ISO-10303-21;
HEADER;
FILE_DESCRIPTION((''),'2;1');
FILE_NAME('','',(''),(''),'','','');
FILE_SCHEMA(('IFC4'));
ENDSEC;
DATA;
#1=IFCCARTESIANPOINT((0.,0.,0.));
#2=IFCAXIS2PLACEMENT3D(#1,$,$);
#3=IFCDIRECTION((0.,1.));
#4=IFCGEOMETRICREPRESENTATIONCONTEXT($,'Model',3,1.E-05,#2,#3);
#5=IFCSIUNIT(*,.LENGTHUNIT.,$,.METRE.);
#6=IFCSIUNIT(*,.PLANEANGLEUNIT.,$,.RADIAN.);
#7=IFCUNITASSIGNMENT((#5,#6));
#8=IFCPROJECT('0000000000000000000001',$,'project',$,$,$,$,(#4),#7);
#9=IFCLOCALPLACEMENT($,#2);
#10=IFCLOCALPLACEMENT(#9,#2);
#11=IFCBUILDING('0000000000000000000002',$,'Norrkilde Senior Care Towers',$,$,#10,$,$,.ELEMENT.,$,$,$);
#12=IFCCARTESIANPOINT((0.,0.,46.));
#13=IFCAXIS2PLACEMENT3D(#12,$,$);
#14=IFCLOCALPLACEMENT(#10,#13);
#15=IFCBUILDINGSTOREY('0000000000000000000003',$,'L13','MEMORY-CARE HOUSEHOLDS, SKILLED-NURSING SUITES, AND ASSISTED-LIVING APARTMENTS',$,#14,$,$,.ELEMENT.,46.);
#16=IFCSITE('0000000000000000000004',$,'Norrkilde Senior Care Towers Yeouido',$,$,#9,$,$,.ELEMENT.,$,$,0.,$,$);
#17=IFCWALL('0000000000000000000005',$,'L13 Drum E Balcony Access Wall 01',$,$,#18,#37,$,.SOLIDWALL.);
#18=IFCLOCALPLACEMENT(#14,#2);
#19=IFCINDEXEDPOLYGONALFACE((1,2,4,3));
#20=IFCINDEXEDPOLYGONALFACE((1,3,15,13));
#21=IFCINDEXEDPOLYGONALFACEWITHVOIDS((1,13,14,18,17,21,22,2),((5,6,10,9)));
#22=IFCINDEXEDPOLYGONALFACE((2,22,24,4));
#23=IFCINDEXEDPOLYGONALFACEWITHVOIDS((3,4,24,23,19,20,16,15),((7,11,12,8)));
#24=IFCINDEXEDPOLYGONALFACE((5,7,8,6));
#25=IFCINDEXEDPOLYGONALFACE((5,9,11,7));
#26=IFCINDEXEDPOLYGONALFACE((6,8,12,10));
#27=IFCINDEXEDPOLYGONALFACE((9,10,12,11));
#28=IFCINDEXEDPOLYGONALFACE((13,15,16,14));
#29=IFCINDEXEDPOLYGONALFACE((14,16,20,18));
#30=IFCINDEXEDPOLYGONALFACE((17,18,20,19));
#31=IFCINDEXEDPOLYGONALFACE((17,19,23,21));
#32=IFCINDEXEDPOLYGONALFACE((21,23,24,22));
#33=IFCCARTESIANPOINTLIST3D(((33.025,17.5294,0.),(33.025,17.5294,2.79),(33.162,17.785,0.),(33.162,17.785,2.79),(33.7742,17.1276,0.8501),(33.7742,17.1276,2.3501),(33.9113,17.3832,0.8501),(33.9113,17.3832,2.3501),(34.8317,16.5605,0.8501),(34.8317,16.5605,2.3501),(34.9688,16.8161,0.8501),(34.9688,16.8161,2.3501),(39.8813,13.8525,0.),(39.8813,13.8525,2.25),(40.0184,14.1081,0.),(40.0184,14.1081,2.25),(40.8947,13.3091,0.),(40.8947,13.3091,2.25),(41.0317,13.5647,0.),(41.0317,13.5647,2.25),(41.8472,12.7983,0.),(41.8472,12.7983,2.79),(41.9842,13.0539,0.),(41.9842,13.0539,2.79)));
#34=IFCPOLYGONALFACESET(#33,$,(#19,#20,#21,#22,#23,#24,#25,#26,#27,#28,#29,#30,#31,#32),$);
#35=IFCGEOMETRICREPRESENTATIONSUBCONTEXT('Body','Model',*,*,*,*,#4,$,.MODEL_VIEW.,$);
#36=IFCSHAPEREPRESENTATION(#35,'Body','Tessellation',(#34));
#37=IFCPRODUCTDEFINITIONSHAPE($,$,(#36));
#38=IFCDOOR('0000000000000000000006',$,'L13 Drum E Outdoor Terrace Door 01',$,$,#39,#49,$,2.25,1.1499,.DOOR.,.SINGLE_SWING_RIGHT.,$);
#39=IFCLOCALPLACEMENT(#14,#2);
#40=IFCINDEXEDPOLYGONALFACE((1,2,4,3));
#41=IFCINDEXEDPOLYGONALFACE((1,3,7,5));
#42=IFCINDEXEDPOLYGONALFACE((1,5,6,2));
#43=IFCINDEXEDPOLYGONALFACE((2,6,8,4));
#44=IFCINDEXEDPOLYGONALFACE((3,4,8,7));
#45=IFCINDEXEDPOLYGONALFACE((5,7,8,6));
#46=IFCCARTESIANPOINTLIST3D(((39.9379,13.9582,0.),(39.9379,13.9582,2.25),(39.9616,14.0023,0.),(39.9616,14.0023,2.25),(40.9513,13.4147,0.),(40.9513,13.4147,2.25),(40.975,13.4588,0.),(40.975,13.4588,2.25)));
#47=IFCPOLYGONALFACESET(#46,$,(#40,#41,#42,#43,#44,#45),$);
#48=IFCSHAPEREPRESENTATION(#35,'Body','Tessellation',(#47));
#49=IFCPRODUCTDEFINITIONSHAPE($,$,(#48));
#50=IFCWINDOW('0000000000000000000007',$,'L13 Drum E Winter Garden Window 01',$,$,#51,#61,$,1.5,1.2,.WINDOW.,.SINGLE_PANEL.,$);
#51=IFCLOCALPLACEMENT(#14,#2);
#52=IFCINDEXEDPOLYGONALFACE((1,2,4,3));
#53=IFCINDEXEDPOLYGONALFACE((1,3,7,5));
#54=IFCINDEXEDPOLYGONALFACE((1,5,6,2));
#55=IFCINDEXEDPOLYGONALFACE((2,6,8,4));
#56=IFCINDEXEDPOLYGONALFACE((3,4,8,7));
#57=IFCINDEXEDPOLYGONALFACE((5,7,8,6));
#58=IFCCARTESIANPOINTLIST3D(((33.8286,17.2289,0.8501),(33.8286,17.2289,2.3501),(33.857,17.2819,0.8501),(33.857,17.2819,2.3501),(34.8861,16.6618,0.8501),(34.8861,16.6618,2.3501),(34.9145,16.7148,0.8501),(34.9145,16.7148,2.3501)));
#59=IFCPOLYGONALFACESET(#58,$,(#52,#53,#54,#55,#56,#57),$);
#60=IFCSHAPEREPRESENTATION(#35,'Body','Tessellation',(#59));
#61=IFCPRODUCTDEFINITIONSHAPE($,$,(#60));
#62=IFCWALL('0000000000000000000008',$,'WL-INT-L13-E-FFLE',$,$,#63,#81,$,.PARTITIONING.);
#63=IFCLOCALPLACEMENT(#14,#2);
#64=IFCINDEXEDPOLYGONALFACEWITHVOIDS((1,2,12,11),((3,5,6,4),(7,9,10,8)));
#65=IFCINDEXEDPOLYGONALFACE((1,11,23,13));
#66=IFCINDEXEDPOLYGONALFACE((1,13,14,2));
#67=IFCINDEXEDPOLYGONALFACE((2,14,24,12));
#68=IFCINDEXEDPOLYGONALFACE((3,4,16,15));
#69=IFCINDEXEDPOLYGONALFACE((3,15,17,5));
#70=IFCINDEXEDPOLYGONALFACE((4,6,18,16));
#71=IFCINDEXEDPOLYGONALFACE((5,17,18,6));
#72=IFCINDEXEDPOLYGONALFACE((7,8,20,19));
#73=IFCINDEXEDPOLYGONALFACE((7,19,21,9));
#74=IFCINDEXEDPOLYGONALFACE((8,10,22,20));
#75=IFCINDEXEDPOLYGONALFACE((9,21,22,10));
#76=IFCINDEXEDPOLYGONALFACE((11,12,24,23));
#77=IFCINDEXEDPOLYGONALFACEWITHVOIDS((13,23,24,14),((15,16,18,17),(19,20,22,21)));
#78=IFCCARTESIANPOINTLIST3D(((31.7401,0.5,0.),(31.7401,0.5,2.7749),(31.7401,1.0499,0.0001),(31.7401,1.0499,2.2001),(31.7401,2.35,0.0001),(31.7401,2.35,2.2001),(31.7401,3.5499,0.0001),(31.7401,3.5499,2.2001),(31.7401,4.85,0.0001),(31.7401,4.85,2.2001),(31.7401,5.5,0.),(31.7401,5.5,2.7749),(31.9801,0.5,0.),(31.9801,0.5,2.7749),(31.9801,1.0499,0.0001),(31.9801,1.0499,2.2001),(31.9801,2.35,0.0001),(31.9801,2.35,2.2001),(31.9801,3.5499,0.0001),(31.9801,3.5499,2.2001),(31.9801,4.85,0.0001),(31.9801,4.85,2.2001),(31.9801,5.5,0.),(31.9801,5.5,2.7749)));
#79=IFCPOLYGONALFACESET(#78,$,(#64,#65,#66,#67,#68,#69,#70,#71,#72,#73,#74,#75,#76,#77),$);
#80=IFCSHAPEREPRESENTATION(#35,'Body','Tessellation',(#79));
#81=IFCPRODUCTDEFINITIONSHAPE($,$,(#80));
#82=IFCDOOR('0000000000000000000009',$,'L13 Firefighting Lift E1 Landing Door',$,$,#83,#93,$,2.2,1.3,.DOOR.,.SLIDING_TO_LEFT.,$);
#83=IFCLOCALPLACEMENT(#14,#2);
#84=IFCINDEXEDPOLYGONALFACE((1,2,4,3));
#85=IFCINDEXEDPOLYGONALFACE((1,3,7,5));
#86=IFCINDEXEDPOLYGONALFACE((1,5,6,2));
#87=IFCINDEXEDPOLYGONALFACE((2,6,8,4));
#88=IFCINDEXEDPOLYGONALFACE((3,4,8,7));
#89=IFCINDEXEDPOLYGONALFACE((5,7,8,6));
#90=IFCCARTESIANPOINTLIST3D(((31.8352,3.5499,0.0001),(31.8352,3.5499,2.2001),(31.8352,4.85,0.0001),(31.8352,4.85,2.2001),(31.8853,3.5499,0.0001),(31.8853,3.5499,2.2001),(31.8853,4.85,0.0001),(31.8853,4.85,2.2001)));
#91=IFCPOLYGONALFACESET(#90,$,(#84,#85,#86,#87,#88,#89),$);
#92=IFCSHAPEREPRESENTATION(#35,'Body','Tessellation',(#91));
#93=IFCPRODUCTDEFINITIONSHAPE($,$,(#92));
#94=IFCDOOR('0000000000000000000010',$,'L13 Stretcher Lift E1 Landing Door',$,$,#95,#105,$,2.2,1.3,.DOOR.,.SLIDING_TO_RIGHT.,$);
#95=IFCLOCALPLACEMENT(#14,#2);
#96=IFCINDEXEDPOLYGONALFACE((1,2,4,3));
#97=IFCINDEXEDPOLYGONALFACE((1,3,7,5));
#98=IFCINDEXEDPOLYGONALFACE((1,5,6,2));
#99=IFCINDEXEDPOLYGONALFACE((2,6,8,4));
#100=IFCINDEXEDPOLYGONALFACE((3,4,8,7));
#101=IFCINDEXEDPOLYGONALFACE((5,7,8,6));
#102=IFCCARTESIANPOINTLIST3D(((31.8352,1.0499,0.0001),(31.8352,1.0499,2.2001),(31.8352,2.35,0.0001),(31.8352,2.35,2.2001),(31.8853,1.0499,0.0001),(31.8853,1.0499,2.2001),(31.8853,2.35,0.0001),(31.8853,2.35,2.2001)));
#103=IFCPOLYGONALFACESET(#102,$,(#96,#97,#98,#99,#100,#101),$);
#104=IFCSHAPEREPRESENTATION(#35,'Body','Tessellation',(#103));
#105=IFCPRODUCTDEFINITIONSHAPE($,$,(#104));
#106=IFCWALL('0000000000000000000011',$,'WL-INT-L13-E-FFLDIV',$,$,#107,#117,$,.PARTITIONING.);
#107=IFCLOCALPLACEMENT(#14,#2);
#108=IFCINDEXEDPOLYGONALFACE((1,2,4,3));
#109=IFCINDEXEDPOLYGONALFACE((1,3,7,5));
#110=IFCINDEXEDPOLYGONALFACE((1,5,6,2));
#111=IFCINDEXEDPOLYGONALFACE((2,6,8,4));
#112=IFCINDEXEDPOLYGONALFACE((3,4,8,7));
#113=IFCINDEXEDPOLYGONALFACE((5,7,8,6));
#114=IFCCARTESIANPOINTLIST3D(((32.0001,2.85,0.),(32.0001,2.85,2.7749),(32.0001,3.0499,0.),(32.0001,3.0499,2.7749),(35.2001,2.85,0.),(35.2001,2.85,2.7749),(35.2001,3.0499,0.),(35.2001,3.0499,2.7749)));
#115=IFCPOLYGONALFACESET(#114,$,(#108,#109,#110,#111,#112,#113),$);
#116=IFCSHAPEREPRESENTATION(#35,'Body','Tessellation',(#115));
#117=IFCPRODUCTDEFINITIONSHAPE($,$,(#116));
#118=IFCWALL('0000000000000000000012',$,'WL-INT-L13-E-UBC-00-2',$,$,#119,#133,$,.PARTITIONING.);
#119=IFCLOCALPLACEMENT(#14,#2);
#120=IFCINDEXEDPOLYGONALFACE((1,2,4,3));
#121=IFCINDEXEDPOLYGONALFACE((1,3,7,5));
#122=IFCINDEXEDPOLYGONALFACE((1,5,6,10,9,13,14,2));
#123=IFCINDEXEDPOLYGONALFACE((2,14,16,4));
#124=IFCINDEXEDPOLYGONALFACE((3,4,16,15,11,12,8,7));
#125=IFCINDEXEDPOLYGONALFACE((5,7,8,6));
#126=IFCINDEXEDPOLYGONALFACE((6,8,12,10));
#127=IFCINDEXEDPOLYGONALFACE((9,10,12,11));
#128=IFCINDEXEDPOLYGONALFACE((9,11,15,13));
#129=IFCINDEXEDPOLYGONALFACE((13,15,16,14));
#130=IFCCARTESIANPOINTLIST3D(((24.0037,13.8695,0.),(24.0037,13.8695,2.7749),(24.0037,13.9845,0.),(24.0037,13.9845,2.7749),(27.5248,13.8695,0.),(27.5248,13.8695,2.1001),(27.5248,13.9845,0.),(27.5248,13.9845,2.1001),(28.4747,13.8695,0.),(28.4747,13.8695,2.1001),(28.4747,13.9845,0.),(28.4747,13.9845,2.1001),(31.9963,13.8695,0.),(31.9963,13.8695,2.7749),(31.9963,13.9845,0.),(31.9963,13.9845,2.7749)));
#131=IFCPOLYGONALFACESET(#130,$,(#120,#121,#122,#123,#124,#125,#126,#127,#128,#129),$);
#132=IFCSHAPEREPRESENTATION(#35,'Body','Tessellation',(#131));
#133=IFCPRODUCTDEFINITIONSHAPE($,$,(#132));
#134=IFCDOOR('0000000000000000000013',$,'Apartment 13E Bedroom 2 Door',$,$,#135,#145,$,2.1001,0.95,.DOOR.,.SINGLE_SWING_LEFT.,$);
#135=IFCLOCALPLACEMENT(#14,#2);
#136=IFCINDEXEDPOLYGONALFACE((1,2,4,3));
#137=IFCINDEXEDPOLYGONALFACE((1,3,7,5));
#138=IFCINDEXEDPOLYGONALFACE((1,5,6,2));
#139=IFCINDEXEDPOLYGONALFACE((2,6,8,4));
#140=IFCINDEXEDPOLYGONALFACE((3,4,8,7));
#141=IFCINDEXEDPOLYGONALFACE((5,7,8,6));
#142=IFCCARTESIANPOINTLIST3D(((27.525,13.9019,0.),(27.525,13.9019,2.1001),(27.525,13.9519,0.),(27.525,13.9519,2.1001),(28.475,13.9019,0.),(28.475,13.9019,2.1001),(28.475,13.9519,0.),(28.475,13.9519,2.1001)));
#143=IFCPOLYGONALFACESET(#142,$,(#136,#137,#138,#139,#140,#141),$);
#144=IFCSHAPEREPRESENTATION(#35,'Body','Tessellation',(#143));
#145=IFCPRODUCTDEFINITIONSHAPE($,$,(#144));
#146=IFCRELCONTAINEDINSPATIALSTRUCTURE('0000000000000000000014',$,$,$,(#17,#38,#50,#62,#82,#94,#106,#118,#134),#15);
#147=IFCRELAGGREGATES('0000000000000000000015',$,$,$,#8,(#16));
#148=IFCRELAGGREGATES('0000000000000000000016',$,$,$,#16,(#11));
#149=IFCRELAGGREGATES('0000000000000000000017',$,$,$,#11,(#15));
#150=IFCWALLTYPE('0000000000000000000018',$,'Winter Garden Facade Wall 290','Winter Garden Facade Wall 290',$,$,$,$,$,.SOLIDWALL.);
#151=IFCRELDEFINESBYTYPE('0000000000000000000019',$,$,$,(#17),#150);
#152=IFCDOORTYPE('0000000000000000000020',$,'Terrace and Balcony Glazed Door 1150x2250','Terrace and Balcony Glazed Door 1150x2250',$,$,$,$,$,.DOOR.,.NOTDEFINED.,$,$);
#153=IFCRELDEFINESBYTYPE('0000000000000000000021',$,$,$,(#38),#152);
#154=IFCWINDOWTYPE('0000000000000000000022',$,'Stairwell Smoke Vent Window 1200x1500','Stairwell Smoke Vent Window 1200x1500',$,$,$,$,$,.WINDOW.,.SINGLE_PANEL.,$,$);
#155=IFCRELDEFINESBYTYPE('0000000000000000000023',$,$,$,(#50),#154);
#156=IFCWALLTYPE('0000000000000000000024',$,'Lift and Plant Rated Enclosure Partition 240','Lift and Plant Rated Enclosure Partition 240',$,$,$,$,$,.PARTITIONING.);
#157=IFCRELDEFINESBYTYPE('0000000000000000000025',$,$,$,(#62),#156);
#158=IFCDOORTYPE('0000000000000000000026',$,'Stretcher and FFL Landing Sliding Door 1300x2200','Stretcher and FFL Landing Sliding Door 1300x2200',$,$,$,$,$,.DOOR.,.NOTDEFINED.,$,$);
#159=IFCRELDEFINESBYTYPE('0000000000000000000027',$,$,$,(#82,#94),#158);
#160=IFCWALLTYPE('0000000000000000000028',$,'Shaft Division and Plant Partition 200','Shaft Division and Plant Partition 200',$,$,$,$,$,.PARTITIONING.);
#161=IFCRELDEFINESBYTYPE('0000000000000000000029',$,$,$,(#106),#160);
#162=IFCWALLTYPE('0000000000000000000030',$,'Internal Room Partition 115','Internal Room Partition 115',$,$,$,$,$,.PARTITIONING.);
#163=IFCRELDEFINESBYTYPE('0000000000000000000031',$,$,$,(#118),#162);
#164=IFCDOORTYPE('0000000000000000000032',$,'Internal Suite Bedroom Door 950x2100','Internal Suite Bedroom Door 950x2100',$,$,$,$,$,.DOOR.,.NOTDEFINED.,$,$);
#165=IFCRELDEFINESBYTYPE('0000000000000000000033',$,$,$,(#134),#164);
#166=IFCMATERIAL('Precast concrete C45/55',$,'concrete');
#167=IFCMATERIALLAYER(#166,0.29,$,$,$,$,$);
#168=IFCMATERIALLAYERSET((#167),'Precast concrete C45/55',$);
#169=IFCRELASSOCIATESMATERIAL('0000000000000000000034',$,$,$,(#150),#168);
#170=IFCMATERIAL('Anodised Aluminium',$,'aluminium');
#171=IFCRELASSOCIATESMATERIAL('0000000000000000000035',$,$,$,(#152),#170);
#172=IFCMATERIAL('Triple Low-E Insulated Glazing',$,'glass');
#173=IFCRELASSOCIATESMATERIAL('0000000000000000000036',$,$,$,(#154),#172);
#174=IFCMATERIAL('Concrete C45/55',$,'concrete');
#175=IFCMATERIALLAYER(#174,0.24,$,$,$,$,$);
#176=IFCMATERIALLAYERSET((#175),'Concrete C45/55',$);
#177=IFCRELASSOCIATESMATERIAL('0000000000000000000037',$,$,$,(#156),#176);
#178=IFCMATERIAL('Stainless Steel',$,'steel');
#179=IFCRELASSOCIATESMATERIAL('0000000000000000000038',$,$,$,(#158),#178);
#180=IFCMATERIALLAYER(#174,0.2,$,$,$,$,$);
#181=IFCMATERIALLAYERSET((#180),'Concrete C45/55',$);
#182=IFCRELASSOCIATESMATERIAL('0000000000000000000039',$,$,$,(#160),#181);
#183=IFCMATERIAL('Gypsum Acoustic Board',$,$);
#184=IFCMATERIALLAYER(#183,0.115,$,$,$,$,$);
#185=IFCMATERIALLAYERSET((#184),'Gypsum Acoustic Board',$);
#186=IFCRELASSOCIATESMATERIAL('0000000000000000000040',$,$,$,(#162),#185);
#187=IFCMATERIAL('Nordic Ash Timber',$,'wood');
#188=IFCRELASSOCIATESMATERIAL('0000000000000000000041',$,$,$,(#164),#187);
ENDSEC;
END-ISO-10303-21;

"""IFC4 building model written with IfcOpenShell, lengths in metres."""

from ifc_helpers import new_model, si_unit, direction, frame, frame_2d, origin, place, context, subcontext, project, spatial, rectangle, extrude, source, transform, mapped, material, layer, layer_set, type_object, type_shapes, element, fill, save


model = new_model("IFC4")

# Units and contexts
model_context = context("Model", 3, precision=1e-05, world=origin(), true_north=direction((0.0, 1.0)))
body_context = subcontext(model_context, "Body", "Model", "MODEL_VIEW")
ifc_project = project(units=[si_unit("LENGTHUNIT", "METRE"), si_unit("PLANEANGLEUNIT", "RADIAN")], contexts=[model_context])

# Site, building, storey
site_placement = place(None, origin())
site = spatial("IfcSite", under=ifc_project, at=site_placement, Name="Norrkilde Senior Care Towers Yeouido", CompositionType="ELEMENT", RefElevation=0.0)
building_placement = place(site_placement, origin())
building = spatial("IfcBuilding", under=site, at=building_placement, Name="Norrkilde Senior Care Towers", CompositionType="ELEMENT")
storey_placement = place(building_placement, frame((0.0, 0.0, 46.0)))
storey = spatial("IfcBuildingStorey", under=building, at=storey_placement, Name="L13", Description="MEMORY-CARE HOUSEHOLDS, SKILLED-NURSING SUITES, AND ASSISTED-LIVING APARTMENTS", CompositionType="ELEMENT", Elevation=46.0)

# Shared definitions
ifc_material_1 = material(Name="Triple Low-E Insulated Glazing", Category="glass")
ifc_material_2 = material(Name="Anodised Aluminium", Category="aluminium")

# Wall, openings, door, window
ifc_material_3 = material(Name="Precast concrete C45/55", Category="concrete")
ifc_layer_1 = layer(ifc_material_3, 0.29)
ifc_layer_set_1 = layer_set([ifc_layer_1], Name="Precast concrete C45/55")
wall_type_1 = type_object("IfcWallType", Name="Winter Garden Facade Wall 290", Description="Winter Garden Facade Wall 290", PredefinedType="SOLIDWALL", material=ifc_layer_set_1)
shared_shape_1 = source(origin(), body_context, "Body", "SweptSolid", [
    extrude(rectangle(XDim=10.0107, YDim=0.29, at=frame_2d((5.0054, 0.0))), origin(), (0.0, 0.0, 1.0), 2.79),
])
type_shapes(wall_type_1, [shared_shape_1])
wall_1_placement = place(storey_placement, frame((33.0935, 17.6572, 0.0), z_axis=(0.0, 0.0, 1.0), x_axis=(0.881273, -0.472608, 0.0)))
wall_1 = element("IfcWall", 1, at=wall_1_placement, inside=storey, type_object=wall_type_1, Name="L13 Drum E Balcony Access Wall 01", PredefinedType="SOLIDWALL", context=body_context, shape_type="MappedRepresentation", body=[
    mapped(shared_shape_1, transform((0.0, 0.0, 0.0), x_axis=(1.0, 0.0, 0.0), y_axis=(0.0, 1.0, 0.0), z_axis=(0.0, 0.0, 1.0), scale=1.0)),
])
opening_1_placement = place(wall_1_placement, frame((7.78, 0.0, 0.0)))
opening_1 = element("IfcOpeningElement", 2, at=opening_1_placement, cuts=wall_1, PredefinedType="OPENING", context=body_context, shape_type="SweptSolid", body=[
    extrude(rectangle(XDim=1.1499, YDim=2.25, at=frame_2d((0.575, 1.125))), frame((0.0, 0.155, 0.0), z_axis=(0.0, -1.0, 0.0), x_axis=(1.0, 0.0, 0.0)), (0.0, 0.0, 1.0), 0.3101),
])
opening_2_placement = place(wall_1_placement, frame((0.8501, 0.0, 0.8501)))
opening_2 = element("IfcOpeningElement", 3, at=opening_2_placement, cuts=wall_1, PredefinedType="OPENING", context=body_context, shape_type="SweptSolid", body=[
    extrude(rectangle(XDim=1.2, YDim=1.5, at=frame_2d((0.6001, 0.75))), frame((0.0, 0.155, 0.0), z_axis=(0.0, -1.0, 0.0), x_axis=(1.0, 0.0, 0.0)), (0.0, 0.0, 1.0), 0.3101),
])
door_type_1 = type_object("IfcDoorType", Name="Terrace and Balcony Glazed Door 1150x2250", Description="Terrace and Balcony Glazed Door 1150x2250", OperationType="NOTDEFINED", PredefinedType="DOOR", material=ifc_material_2)
shared_shape_2 = source(origin(), body_context, "Body", "SweptSolid", [
    extrude(rectangle(XDim=1.1499, YDim=2.25, at=frame_2d((0.575, 1.125))), frame((0.0, 0.0249, 0.0), z_axis=(0.0, -1.0, 0.0), x_axis=(1.0, 0.0, 0.0)), (0.0, 0.0, 1.0), 0.05),
])
type_shapes(door_type_1, [shared_shape_2])
door_1_placement = place(opening_1_placement, origin())
door_1 = element("IfcDoor", 4, at=door_1_placement, inside=storey, type_object=door_type_1, Name="L13 Drum E Outdoor Terrace Door 01", OperationType="SINGLE_SWING_RIGHT", OverallHeight=2.25, OverallWidth=1.1499, PredefinedType="DOOR", context=body_context, shape_type="MappedRepresentation", body=[
    mapped(shared_shape_2, transform((0.0, 0.0, 0.0), x_axis=(1.0, 0.0, 0.0), y_axis=(0.0, 1.0, 0.0), z_axis=(0.0, 0.0, 1.0), scale=1.0)),
])
fill(opening_1, door_1)
window_type = type_object("IfcWindowType", Name="Stairwell Smoke Vent Window 1200x1500", Description="Stairwell Smoke Vent Window 1200x1500", PartitioningType="SINGLE_PANEL", PredefinedType="WINDOW", material=ifc_material_1)
shared_shape_3 = source(origin(), body_context, "Body", "SweptSolid", [
    extrude(rectangle(XDim=1.2, YDim=1.5, at=frame_2d((0.6001, 0.75))), frame((0.0, 0.03, 0.0), z_axis=(0.0, -1.0, 0.0), x_axis=(1.0, 0.0, 0.0)), (0.0, 0.0, 1.0), 0.0601),
])
type_shapes(window_type, [shared_shape_3])
window_placement = place(opening_2_placement, origin())
window = element("IfcWindow", 5, at=window_placement, inside=storey, type_object=window_type, Name="L13 Drum E Winter Garden Window 01", OverallHeight=1.5, OverallWidth=1.2, PartitioningType="SINGLE_PANEL", PredefinedType="WINDOW", context=body_context, shape_type="MappedRepresentation", body=[
    mapped(shared_shape_3, transform((0.0, 0.0, 0.0), x_axis=(1.0, 0.0, 0.0), y_axis=(0.0, 1.0, 0.0), z_axis=(0.0, 0.0, 1.0), scale=1.0)),
])
fill(opening_2, window)

# Wall, openings, doors
ifc_material_4 = material(Name="Concrete C45/55", Category="concrete")
ifc_layer_2 = layer(ifc_material_4, 0.24)
ifc_layer_set_2 = layer_set([ifc_layer_2], Name="Concrete C45/55")
wall_type_2 = type_object("IfcWallType", Name="Lift and Plant Rated Enclosure Partition 240", Description="Lift and Plant Rated Enclosure Partition 240", PredefinedType="PARTITIONING", material=ifc_layer_set_2)
shared_shape_4 = source(origin(), body_context, "Body", "SweptSolid", [
    extrude(rectangle(XDim=5.0, YDim=0.24, at=frame_2d((2.5, 0.0))), origin(), (0.0, 0.0, 1.0), 2.7749),
])
type_shapes(wall_type_2, [shared_shape_4])
wall_2_placement = place(storey_placement, frame((31.8601, 0.5, 0.0), z_axis=(0.0, 0.0, 1.0), x_axis=(0.0, 1.0, 0.0)))
wall_2 = element("IfcWall", 6, at=wall_2_placement, inside=storey, type_object=wall_type_2, Name="WL-INT-L13-E-FFLE", PredefinedType="PARTITIONING", context=body_context, shape_type="MappedRepresentation", body=[
    mapped(shared_shape_4, transform((0.0, 0.0, 0.0), x_axis=(1.0, 0.0, 0.0), y_axis=(0.0, 1.0, 0.0), z_axis=(0.0, 0.0, 1.0), scale=1.0)),
])
opening_3_placement = place(wall_2_placement, frame((3.05, 0.0, 0.0)))
opening_3 = element("IfcOpeningElement", 7, at=opening_3_placement, cuts=wall_2, PredefinedType="OPENING", context=body_context, shape_type="SweptSolid", body=[
    extrude(rectangle(XDim=1.3, YDim=2.2, at=frame_2d((0.6499, 1.1001))), frame((0.0, 0.1299, 0.0), z_axis=(0.0, -1.0, 0.0), x_axis=(1.0, 0.0, 0.0)), (0.0, 0.0, 1.0), 0.26),
])
opening_4_placement = place(wall_2_placement, frame((0.55, 0.0, 0.0)))
opening_4 = element("IfcOpeningElement", 8, at=opening_4_placement, cuts=wall_2, PredefinedType="OPENING", context=body_context, shape_type="SweptSolid", body=[
    extrude(rectangle(XDim=1.3, YDim=2.2, at=frame_2d((0.6499, 1.1001))), frame((0.0, 0.1299, 0.0), z_axis=(0.0, -1.0, 0.0), x_axis=(1.0, 0.0, 0.0)), (0.0, 0.0, 1.0), 0.26),
])
ifc_material_5 = material(Name="Stainless Steel", Category="steel")
door_type_2 = type_object("IfcDoorType", Name="Stretcher and FFL Landing Sliding Door 1300x2200", Description="Stretcher and FFL Landing Sliding Door 1300x2200", OperationType="NOTDEFINED", PredefinedType="DOOR", material=ifc_material_5)
shared_shape_5 = source(origin(), body_context, "Body", "SweptSolid", [
    extrude(rectangle(XDim=1.3, YDim=2.2, at=frame_2d((0.6499, 1.1001))), frame((0.0, 0.0249, 0.0), z_axis=(0.0, -1.0, 0.0), x_axis=(1.0, 0.0, 0.0)), (0.0, 0.0, 1.0), 0.05),
])
type_shapes(door_type_2, [shared_shape_5])
door_2_placement = place(opening_3_placement, origin())
door_2 = element("IfcDoor", 9, at=door_2_placement, inside=storey, type_object=door_type_2, Name="L13 Firefighting Lift E1 Landing Door", OperationType="SLIDING_TO_LEFT", OverallHeight=2.2, OverallWidth=1.3, PredefinedType="DOOR", context=body_context, shape_type="MappedRepresentation", body=[
    mapped(shared_shape_5, transform((0.0, 0.0, 0.0), x_axis=(1.0, 0.0, 0.0), y_axis=(0.0, 1.0, 0.0), z_axis=(0.0, 0.0, 1.0), scale=1.0)),
])
fill(opening_3, door_2)
door_3_placement = place(opening_4_placement, origin())
door_3 = element("IfcDoor", 10, at=door_3_placement, inside=storey, type_object=door_type_2, Name="L13 Stretcher Lift E1 Landing Door", OperationType="SLIDING_TO_RIGHT", OverallHeight=2.2, OverallWidth=1.3, PredefinedType="DOOR", context=body_context, shape_type="MappedRepresentation", body=[
    mapped(shared_shape_5, transform((0.0, 0.0, 0.0), x_axis=(1.0, 0.0, 0.0), y_axis=(0.0, 1.0, 0.0), z_axis=(0.0, 0.0, 1.0), scale=1.0)),
])
fill(opening_4, door_3)

# Wall
ifc_layer_3 = layer(ifc_material_4, 0.2)
ifc_layer_set_3 = layer_set([ifc_layer_3], Name="Concrete C45/55")
wall_type_3 = type_object("IfcWallType", Name="Shaft Division and Plant Partition 200", Description="Shaft Division and Plant Partition 200", PredefinedType="PARTITIONING", material=ifc_layer_set_3)
shared_shape_6 = source(origin(), body_context, "Body", "SweptSolid", [
    extrude(rectangle(XDim=3.2, YDim=0.2, at=frame_2d((1.6001, 0.0))), origin(), (0.0, 0.0, 1.0), 2.7749),
])
type_shapes(wall_type_3, [shared_shape_6])
wall_3_placement = place(storey_placement, frame((32.0, 2.95, 0.0), z_axis=(0.0, 0.0, 1.0), x_axis=(1.0, 0.0, 0.0)))
element("IfcWall", 11, at=wall_3_placement, inside=storey, type_object=wall_type_3, Name="WL-INT-L13-E-FFLDIV", PredefinedType="PARTITIONING", context=body_context, shape_type="MappedRepresentation", body=[
    mapped(shared_shape_6, transform((0.0, 0.0, 0.0), x_axis=(1.0, 0.0, 0.0), y_axis=(0.0, 1.0, 0.0), z_axis=(0.0, 0.0, 1.0), scale=1.0)),
])

# Wall, opening, door
ifc_material_6 = material(Name="Gypsum Acoustic Board")
ifc_layer_4 = layer(ifc_material_6, 0.115)
ifc_layer_set_4 = layer_set([ifc_layer_4], Name="Gypsum Acoustic Board")
wall_type_4 = type_object("IfcWallType", Name="Internal Room Partition 115", Description="Internal Room Partition 115", PredefinedType="PARTITIONING", material=ifc_layer_set_4)
shared_shape_7 = source(origin(), body_context, "Body", "SweptSolid", [
    extrude(rectangle(XDim=7.9927, YDim=0.115, at=frame_2d((3.9963, 0.0))), origin(), (0.0, 0.0, 1.0), 2.7749),
])
wall_4_placement = place(storey_placement, frame((31.9963, 13.927, 0.0), z_axis=(0.0, 0.0, 1.0), x_axis=(-1.0, 0.0, 0.0)))
wall_4 = element("IfcWall", 12, at=wall_4_placement, inside=storey, type_object=wall_type_4, Name="WL-INT-L13-E-UBC-00-2", PredefinedType="PARTITIONING", context=body_context, shape_type="MappedRepresentation", body=[
    mapped(shared_shape_7, transform((0.0, 0.0, 0.0), x_axis=(1.0, 0.0, 0.0), y_axis=(0.0, 1.0, 0.0), z_axis=(0.0, 0.0, 1.0), scale=1.0)),
])
opening_5_placement = place(wall_4_placement, frame((3.5215, 0.0, 0.0)))
opening_5 = element("IfcOpeningElement", 13, at=opening_5_placement, cuts=wall_4, PredefinedType="OPENING", context=body_context, shape_type="SweptSolid", body=[
    extrude(rectangle(XDim=0.95, YDim=2.1001, at=frame_2d((0.4751, 1.05))), frame((0.0, 0.0674, 0.0), z_axis=(0.0, -1.0, 0.0), x_axis=(1.0, 0.0, 0.0)), (0.0, 0.0, 1.0), 0.135),
])
ifc_material_7 = material(Name="Nordic Ash Timber", Category="wood")
door_type_3 = type_object("IfcDoorType", Name="Internal Suite Bedroom Door 950x2100", Description="Internal Suite Bedroom Door 950x2100", OperationType="NOTDEFINED", PredefinedType="DOOR", material=ifc_material_7)
shared_shape_8 = source(origin(), body_context, "Body", "SweptSolid", [
    extrude(rectangle(XDim=0.95, YDim=2.1001, at=frame_2d((0.4751, 1.05))), frame((0.0, 0.0249, 0.0), z_axis=(0.0, -1.0, 0.0), x_axis=(1.0, 0.0, 0.0)), (0.0, 0.0, 1.0), 0.05),
])
type_shapes(door_type_3, [shared_shape_8])
door_4_placement = place(opening_5_placement, frame((0.95, 0.0, 0.0), z_axis=(0.0, 0.0, 1.0), x_axis=(-1.0, 0.0, 0.0)))
door_4 = element("IfcDoor", 14, at=door_4_placement, inside=storey, type_object=door_type_3, Name="Apartment 13E Bedroom 2 Door", OperationType="SINGLE_SWING_LEFT", OverallHeight=2.1001, OverallWidth=0.95, PredefinedType="DOOR", context=body_context, shape_type="MappedRepresentation", body=[
    mapped(shared_shape_8, transform((0.0, 0.0, 0.0), x_axis=(1.0, 0.0, 0.0), y_axis=(0.0, 1.0, 0.0), z_axis=(0.0, 0.0, 1.0), scale=1.0)),
])
fill(opening_5, door_4)

save(model, "model.ifc")
